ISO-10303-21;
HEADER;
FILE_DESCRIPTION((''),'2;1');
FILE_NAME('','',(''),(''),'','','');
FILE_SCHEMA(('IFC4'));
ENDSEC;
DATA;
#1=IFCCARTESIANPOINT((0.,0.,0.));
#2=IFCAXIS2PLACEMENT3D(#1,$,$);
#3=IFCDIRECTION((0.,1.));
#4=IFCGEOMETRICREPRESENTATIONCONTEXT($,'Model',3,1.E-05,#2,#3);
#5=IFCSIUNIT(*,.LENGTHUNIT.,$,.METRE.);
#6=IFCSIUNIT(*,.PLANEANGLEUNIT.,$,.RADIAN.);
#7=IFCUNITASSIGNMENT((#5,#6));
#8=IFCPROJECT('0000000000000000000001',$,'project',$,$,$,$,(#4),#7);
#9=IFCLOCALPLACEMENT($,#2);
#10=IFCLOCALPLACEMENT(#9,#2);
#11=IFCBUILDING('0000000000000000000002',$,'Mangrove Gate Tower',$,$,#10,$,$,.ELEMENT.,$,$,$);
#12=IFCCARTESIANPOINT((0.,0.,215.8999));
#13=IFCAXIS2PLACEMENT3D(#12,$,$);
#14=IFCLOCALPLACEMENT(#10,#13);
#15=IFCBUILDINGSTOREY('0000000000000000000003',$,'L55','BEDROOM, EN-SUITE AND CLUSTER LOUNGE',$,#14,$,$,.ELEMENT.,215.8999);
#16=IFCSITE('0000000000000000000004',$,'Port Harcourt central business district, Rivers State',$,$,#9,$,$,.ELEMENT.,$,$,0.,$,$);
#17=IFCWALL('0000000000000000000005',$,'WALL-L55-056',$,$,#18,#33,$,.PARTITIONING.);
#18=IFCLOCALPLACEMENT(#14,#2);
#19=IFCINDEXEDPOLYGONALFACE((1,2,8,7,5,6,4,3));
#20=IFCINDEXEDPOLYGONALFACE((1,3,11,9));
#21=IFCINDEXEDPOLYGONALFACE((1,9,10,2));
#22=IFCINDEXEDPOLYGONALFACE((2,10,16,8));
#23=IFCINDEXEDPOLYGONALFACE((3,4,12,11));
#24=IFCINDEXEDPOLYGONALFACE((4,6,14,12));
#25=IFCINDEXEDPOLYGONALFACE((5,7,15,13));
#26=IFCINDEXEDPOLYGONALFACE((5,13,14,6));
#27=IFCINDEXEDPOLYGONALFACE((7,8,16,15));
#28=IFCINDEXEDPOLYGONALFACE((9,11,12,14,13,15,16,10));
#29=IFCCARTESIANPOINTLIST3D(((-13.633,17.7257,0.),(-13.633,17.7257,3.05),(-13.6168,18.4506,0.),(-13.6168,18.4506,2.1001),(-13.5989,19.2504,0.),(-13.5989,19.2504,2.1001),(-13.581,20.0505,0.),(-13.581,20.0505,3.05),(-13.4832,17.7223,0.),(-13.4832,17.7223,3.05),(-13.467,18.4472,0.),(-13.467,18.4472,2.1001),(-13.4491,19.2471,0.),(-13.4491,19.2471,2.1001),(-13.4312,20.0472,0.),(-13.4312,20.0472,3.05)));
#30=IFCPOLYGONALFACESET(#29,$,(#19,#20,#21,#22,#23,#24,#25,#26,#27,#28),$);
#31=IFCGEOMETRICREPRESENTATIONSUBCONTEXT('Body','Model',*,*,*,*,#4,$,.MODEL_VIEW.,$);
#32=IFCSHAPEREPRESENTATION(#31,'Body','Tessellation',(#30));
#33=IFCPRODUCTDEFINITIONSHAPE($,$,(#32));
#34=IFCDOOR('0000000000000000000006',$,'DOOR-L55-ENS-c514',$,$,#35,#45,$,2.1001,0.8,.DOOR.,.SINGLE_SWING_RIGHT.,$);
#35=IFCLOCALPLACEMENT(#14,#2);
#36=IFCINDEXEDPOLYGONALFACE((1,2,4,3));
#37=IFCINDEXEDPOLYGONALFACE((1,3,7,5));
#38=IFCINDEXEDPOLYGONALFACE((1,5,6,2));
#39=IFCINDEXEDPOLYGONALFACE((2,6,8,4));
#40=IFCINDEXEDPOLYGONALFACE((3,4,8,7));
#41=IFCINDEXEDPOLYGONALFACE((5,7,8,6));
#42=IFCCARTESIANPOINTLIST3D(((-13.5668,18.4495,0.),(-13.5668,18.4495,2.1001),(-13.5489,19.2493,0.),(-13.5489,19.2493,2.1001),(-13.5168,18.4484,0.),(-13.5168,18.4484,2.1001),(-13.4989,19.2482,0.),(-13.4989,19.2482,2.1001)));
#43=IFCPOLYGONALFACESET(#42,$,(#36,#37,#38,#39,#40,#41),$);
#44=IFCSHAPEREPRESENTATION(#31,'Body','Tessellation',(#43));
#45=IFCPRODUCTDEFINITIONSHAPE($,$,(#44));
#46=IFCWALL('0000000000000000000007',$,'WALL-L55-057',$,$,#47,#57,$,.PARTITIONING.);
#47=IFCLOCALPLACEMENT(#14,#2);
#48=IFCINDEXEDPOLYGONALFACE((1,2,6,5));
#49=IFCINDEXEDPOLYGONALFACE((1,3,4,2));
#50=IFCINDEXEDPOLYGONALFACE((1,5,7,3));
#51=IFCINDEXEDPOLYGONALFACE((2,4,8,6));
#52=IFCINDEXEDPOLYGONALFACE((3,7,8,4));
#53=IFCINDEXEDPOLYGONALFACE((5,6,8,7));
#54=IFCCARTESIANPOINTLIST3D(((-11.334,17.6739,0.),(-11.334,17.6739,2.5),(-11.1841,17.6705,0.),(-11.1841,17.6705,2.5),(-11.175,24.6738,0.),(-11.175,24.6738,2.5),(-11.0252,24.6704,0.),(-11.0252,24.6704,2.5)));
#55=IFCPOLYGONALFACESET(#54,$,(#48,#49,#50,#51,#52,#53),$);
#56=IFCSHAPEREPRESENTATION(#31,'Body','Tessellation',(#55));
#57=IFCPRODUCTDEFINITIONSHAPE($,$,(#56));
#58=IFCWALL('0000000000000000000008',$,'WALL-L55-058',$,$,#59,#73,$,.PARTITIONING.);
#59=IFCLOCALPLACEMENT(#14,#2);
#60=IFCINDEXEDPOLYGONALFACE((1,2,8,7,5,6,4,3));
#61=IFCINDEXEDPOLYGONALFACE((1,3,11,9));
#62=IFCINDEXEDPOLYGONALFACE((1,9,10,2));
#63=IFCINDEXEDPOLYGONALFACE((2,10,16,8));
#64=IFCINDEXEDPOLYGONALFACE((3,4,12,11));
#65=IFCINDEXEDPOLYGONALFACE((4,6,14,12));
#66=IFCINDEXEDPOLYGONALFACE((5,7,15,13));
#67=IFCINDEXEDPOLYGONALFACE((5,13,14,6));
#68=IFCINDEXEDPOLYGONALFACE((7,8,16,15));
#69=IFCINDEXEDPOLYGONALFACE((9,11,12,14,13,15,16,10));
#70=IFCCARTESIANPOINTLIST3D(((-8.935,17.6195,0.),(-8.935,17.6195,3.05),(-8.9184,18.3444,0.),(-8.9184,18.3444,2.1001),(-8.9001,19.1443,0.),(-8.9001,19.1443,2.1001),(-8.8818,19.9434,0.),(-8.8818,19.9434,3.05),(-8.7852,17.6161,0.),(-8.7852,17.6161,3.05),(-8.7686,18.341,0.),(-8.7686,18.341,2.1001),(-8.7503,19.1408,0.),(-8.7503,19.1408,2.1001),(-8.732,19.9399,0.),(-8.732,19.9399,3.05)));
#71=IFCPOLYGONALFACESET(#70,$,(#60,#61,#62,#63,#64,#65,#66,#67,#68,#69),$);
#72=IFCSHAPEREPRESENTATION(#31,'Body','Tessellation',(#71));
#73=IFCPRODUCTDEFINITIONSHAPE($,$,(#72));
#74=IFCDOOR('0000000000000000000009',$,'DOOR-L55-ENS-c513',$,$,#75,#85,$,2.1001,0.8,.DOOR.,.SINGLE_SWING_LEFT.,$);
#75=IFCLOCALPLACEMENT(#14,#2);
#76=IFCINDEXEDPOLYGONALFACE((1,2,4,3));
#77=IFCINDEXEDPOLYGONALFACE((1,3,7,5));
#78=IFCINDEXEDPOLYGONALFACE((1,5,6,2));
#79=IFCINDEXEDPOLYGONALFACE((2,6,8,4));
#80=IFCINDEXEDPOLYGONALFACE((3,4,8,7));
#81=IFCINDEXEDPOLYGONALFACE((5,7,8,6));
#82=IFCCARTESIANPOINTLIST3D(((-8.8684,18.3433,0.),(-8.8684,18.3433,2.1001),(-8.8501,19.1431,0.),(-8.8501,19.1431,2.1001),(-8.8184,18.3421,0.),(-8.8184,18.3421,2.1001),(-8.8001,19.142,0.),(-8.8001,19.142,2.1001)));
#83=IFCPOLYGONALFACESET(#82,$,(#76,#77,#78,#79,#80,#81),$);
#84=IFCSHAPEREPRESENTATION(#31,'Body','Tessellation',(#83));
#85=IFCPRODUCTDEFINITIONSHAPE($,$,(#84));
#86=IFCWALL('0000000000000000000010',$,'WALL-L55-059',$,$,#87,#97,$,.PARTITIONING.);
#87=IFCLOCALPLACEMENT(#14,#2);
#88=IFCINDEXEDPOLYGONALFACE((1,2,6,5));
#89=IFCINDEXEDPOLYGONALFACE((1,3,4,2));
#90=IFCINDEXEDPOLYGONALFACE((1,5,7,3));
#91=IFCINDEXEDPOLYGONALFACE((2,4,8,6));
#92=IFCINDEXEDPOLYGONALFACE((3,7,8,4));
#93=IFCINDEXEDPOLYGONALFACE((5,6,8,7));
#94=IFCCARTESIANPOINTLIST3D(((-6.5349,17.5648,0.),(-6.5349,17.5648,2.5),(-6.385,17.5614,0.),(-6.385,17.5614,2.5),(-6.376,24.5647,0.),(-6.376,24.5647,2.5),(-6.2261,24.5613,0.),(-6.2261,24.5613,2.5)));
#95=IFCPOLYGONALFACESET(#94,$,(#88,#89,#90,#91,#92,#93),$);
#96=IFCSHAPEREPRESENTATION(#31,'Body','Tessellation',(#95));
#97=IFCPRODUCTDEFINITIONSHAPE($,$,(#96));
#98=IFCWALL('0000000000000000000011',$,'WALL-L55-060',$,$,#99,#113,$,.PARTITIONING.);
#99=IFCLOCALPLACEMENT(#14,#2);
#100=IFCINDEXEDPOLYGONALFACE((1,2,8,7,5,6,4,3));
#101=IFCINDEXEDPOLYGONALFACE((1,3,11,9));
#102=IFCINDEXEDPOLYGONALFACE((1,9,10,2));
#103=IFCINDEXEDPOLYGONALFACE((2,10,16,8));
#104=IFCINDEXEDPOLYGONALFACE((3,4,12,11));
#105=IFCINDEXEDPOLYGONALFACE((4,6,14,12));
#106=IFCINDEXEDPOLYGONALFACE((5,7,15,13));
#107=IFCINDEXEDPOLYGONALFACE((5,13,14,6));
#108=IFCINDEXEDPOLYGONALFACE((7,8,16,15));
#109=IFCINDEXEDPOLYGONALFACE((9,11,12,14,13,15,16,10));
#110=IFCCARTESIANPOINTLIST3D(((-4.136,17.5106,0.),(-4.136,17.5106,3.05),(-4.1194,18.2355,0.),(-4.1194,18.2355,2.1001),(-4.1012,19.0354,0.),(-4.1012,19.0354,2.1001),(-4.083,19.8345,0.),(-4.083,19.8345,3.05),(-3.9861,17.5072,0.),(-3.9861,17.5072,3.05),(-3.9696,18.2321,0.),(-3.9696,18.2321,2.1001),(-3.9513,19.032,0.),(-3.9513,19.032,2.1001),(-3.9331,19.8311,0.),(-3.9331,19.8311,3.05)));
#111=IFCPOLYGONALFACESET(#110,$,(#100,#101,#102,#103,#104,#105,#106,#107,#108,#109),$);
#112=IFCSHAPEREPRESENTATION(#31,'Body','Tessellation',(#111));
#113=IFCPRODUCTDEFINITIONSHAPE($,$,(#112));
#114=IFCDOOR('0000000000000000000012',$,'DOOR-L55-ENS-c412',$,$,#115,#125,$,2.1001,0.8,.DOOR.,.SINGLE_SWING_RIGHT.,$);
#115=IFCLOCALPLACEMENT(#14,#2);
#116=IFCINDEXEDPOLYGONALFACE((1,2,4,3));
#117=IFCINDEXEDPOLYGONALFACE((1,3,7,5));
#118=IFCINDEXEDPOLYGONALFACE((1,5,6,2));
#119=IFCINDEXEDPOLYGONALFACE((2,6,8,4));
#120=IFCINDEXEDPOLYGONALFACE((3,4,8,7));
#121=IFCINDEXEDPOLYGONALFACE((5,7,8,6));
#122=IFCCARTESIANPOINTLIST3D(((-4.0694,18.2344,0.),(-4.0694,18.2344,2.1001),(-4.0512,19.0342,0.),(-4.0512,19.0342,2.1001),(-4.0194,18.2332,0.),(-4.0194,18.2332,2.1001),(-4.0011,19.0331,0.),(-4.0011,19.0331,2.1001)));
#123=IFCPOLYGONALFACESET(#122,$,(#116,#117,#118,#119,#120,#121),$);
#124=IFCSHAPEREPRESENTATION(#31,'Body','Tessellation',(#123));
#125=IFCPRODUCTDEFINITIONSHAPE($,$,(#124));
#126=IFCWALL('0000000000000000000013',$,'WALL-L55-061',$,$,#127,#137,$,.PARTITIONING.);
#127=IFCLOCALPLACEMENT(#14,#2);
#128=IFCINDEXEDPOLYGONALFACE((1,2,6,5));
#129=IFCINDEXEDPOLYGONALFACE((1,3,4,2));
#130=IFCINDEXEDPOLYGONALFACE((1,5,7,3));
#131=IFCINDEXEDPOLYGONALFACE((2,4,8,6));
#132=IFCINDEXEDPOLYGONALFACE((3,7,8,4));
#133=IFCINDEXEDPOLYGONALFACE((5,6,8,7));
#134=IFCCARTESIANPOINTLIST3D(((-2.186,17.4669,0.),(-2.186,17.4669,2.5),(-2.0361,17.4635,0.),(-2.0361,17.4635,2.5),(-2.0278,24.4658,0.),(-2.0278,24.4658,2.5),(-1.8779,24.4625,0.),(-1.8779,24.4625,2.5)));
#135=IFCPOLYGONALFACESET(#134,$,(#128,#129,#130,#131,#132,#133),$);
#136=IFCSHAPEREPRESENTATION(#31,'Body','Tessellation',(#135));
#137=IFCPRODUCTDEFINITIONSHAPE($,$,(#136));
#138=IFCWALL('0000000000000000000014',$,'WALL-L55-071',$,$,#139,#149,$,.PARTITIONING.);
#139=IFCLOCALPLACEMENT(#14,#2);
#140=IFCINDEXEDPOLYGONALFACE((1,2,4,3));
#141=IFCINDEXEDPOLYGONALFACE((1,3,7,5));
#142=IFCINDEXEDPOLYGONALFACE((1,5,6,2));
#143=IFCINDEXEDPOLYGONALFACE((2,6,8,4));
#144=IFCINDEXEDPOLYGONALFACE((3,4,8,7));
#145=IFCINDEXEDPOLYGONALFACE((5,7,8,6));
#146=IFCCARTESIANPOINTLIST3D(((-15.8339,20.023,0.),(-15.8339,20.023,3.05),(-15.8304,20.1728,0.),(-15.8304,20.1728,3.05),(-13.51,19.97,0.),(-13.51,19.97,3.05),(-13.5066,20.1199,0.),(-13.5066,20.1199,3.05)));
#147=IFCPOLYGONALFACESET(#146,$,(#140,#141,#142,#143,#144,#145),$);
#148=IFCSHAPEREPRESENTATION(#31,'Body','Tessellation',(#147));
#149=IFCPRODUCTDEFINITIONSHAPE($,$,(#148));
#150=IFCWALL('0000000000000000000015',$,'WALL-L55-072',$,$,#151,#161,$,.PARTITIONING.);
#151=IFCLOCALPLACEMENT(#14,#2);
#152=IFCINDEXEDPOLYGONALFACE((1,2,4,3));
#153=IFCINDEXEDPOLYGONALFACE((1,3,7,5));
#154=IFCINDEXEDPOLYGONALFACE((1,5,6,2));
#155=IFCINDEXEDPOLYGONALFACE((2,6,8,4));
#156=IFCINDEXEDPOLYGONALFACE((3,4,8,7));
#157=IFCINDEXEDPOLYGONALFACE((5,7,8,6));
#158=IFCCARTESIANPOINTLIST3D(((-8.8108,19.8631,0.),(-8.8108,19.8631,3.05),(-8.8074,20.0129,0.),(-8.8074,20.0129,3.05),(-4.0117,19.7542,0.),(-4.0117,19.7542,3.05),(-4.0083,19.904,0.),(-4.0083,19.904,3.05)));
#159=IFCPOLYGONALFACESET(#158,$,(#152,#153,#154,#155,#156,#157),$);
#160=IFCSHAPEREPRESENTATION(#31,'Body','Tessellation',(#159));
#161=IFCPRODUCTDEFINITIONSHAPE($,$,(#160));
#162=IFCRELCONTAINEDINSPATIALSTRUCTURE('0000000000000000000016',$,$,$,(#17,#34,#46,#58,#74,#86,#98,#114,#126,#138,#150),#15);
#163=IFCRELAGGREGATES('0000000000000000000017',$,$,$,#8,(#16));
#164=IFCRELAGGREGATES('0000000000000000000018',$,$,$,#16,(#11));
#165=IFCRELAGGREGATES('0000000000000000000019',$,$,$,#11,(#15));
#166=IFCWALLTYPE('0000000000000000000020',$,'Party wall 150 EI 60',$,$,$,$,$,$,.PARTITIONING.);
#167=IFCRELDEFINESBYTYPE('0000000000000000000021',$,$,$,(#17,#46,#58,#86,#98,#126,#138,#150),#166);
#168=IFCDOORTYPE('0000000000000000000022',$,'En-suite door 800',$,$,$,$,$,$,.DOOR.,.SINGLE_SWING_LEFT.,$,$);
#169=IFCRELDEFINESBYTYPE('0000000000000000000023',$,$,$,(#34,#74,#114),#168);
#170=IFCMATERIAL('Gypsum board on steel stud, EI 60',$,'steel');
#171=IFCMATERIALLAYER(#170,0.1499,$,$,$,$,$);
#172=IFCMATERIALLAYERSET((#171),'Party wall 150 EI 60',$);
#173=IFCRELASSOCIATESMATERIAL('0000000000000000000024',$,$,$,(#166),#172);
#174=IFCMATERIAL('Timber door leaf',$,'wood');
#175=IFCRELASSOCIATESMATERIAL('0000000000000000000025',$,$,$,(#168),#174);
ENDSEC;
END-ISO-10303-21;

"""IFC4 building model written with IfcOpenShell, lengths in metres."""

from ifc_helpers import new_model, si_unit, direction, frame, frame_2d, origin, place, context, subcontext, project, spatial, rectangle, extrude, material, layer, layer_set, type_object, element, fill, save


model = new_model("IFC4")

# Units and contexts
model_context = context("Model", 3, precision=1e-05, world=origin(), true_north=direction((0.0, 1.0)))
body_context = subcontext(model_context, "Body", "Model", "MODEL_VIEW")
ifc_project = project(units=[si_unit("LENGTHUNIT", "METRE"), si_unit("PLANEANGLEUNIT", "RADIAN")], contexts=[model_context])

# Site, building, storey
site_placement = place(None, origin())
site = spatial("IfcSite", under=ifc_project, at=site_placement, Name="Port Harcourt central business district, Rivers State", CompositionType="ELEMENT", RefElevation=0.0)
building_placement = place(site_placement, origin())
building = spatial("IfcBuilding", under=site, at=building_placement, Name="Mangrove Gate Tower", CompositionType="ELEMENT")
storey_placement = place(building_placement, frame((0.0, 0.0, 215.8999)))
storey = spatial("IfcBuildingStorey", under=building, at=storey_placement, Name="L55", Description="BEDROOM, EN-SUITE AND CLUSTER LOUNGE", CompositionType="ELEMENT", Elevation=215.8999)

# Shared definitions
ifc_material_1 = material(Name="Gypsum board on steel stud, EI 60", Category="steel")
ifc_layer = layer(ifc_material_1, 0.1499)
ifc_layer_set = layer_set([ifc_layer], Name="Party wall 150 EI 60")
wall_type = type_object("IfcWallType", Name="Party wall 150 EI 60", PredefinedType="PARTITIONING", material=ifc_layer_set)

# Wall, opening, door
wall_1_placement = place(storey_placement, frame((-13.5581, 17.7241, 0.0), z_axis=(0.0, 0.0, 1.0), x_axis=(0.022361, 0.99975, 0.0)))
wall_1 = element("IfcWall", 1, at=wall_1_placement, inside=storey, type_object=wall_type, Name="WALL-L55-056", PredefinedType="PARTITIONING", context=body_context, shape_type="SweptSolid", body=[
    extrude(rectangle(XDim=2.3254, YDim=0.1499, at=frame_2d((1.1626, 0.0))), origin(), (0.0, 0.0, 1.0), 3.05),
])
opening_1_placement = place(wall_1_placement, frame((0.7251, 0.0, 0.0)))
opening_1 = element("IfcOpeningElement", 2, at=opening_1_placement, cuts=wall_1, PredefinedType="OPENING", context=body_context, shape_type="SweptSolid", body=[
    extrude(rectangle(XDim=0.8, YDim=2.1001, at=frame_2d((0.3999, 1.05))), frame((0.0, 0.085, 0.0), z_axis=(0.0, -1.0, 0.0), x_axis=(1.0, 0.0, 0.0)), (0.0, 0.0, 1.0), 0.1699),
])
ifc_material_2 = material(Name="Timber door leaf", Category="wood")
door_type_1 = type_object("IfcDoorType", Name="En-suite door 800", OperationType="SINGLE_SWING_LEFT", PredefinedType="DOOR", material=ifc_material_2)
door_1_placement = place(opening_1_placement, origin())
door_1 = element("IfcDoor", 3, at=door_1_placement, inside=storey, type_object=door_type_1, Name="DOOR-L55-ENS-c514", OperationType="SINGLE_SWING_RIGHT", OverallHeight=2.1001, OverallWidth=0.8, PredefinedType="DOOR", context=body_context, shape_type="SweptSolid", body=[
    extrude(rectangle(XDim=0.8, YDim=2.1001, at=frame_2d((0.3999, 1.05))), frame((0.0, 0.0249, 0.0), z_axis=(0.0, -1.0, 0.0), x_axis=(1.0, 0.0, 0.0)), (0.0, 0.0, 1.0), 0.05),
])
fill(opening_1, door_1)

# Wall
wall_2_placement = place(storey_placement, frame((-11.259, 17.6721, 0.0), z_axis=(0.0, 0.0, 1.0), x_axis=(0.022699, 0.999742, 0.0)))
element("IfcWall", 4, at=wall_2_placement, inside=storey, type_object=wall_type, Name="WALL-L55-057", PredefinedType="PARTITIONING", context=body_context, shape_type="SweptSolid", body=[
    extrude(rectangle(XDim=7.0017, YDim=0.1499, at=frame_2d((3.501, 0.0))), origin(), (0.0, 0.0, 1.0), 2.5),
])

# Wall, opening, door
wall_3_placement = place(storey_placement, frame((-8.8601, 17.6179, 0.0), z_axis=(0.0, 0.0, 1.0), x_axis=(0.022896, 0.999738, 0.0)))
wall_3 = element("IfcWall", 5, at=wall_3_placement, inside=storey, type_object=wall_type, Name="WALL-L55-058", PredefinedType="PARTITIONING", context=body_context, shape_type="SweptSolid", body=[
    extrude(rectangle(XDim=2.3245, YDim=0.1499, at=frame_2d((1.1621, 0.0))), origin(), (0.0, 0.0, 1.0), 3.05),
])
opening_2_placement = place(wall_3_placement, frame((0.7251, 0.0, 0.0)))
opening_2 = element("IfcOpeningElement", 6, at=opening_2_placement, cuts=wall_3, PredefinedType="OPENING", context=body_context, shape_type="SweptSolid", body=[
    extrude(rectangle(XDim=0.8, YDim=2.1001, at=frame_2d((0.3999, 1.05))), frame((0.0, 0.085, 0.0), z_axis=(0.0, -1.0, 0.0), x_axis=(1.0, 0.0, 0.0)), (0.0, 0.0, 1.0), 0.1699),
])
door_2_placement = place(opening_2_placement, origin())
door_2 = element("IfcDoor", 7, at=door_2_placement, inside=storey, type_object=door_type_1, Name="DOOR-L55-ENS-c513", OperationType="SINGLE_SWING_LEFT", OverallHeight=2.1001, OverallWidth=0.8, PredefinedType="DOOR", context=body_context, shape_type="SweptSolid", body=[
    extrude(rectangle(XDim=0.8, YDim=2.1001, at=frame_2d((0.3999, 1.05))), frame((0.0, 0.0249, 0.0), z_axis=(0.0, -1.0, 0.0), x_axis=(1.0, 0.0, 0.0)), (0.0, 0.0, 1.0), 0.05),
])
fill(opening_2, door_2)

# Wall
wall_4_placement = place(storey_placement, frame((-6.46, 17.563, 0.0), z_axis=(0.0, 0.0, 1.0), x_axis=(0.022699, 0.999742, 0.0)))
element("IfcWall", 8, at=wall_4_placement, inside=storey, type_object=wall_type, Name="WALL-L55-059", PredefinedType="PARTITIONING", context=body_context, shape_type="SweptSolid", body=[
    extrude(rectangle(XDim=7.0017, YDim=0.1499, at=frame_2d((3.501, 0.0))), origin(), (0.0, 0.0, 1.0), 2.5),
])

# Wall, opening, door
wall_5_placement = place(storey_placement, frame((-4.061, 17.509, 0.0), z_axis=(0.0, 0.0, 1.0), x_axis=(0.022791, 0.99974, 0.0)))
wall_5 = element("IfcWall", 9, at=wall_5_placement, inside=storey, type_object=wall_type, Name="WALL-L55-060", PredefinedType="PARTITIONING", context=body_context, shape_type="SweptSolid", body=[
    extrude(rectangle(XDim=2.3245, YDim=0.1499, at=frame_2d((1.1621, 0.0))), origin(), (0.0, 0.0, 1.0), 3.05),
])
opening_3_placement = place(wall_5_placement, frame((0.7251, 0.0, 0.0)))
opening_3 = element("IfcOpeningElement", 10, at=opening_3_placement, cuts=wall_5, PredefinedType="OPENING", context=body_context, shape_type="SweptSolid", body=[
    extrude(rectangle(XDim=0.8, YDim=2.1001, at=frame_2d((0.3999, 1.05))), frame((0.0, 0.085, 0.0), z_axis=(0.0, -1.0, 0.0), x_axis=(1.0, 0.0, 0.0)), (0.0, 0.0, 1.0), 0.1699),
])
door_3_placement = place(opening_3_placement, origin())
door_3 = element("IfcDoor", 11, at=door_3_placement, inside=storey, type_object=door_type_1, Name="DOOR-L55-ENS-c412", OperationType="SINGLE_SWING_RIGHT", OverallHeight=2.1001, OverallWidth=0.8, PredefinedType="DOOR", context=body_context, shape_type="SweptSolid", body=[
    extrude(rectangle(XDim=0.8, YDim=2.1001, at=frame_2d((0.3999, 1.05))), frame((0.0, 0.0249, 0.0), z_axis=(0.0, -1.0, 0.0), x_axis=(1.0, 0.0, 0.0)), (0.0, 0.0, 1.0), 0.05),
])
fill(opening_3, door_3)

# Walls
wall_6_placement = place(storey_placement, frame((-2.1111, 17.4651, 0.0), z_axis=(0.0, 0.0, 1.0), x_axis=(0.022598, 0.999745, 0.0)))
element("IfcWall", 12, at=wall_6_placement, inside=storey, type_object=wall_type, Name="WALL-L55-061", PredefinedType="PARTITIONING", context=body_context, shape_type="SweptSolid", body=[
    extrude(rectangle(XDim=7.0007, YDim=0.1499, at=frame_2d((3.5005, 0.0))), origin(), (0.0, 0.0, 1.0), 2.5),
])
wall_7_placement = place(storey_placement, frame((-15.832, 20.0979, 0.0), z_axis=(0.0, 0.0, 1.0), x_axis=(0.99974, -0.022791, 0.0)))
element("IfcWall", 13, at=wall_7_placement, inside=storey, type_object=wall_type, Name="WALL-L55-071", PredefinedType="PARTITIONING", context=body_context, shape_type="SweptSolid", body=[
    extrude(rectangle(XDim=2.3245, YDim=0.1499, at=frame_2d((1.1621, 0.0))), origin(), (0.0, 0.0, 1.0), 3.05),
])
wall_8_placement = place(storey_placement, frame((-8.8091, 19.938, 0.0), z_axis=(0.0, 0.0, 1.0), x_axis=(0.999743, -0.022683, 0.0)))
element("IfcWall", 14, at=wall_8_placement, inside=storey, type_object=wall_type, Name="WALL-L55-072", PredefinedType="PARTITIONING", context=body_context, shape_type="SweptSolid", body=[
    extrude(rectangle(XDim=4.8003, YDim=0.1499, at=frame_2d((2.4001, 0.0))), origin(), (0.0, 0.0, 1.0), 3.05),
])

save(model, "model.ifc")
